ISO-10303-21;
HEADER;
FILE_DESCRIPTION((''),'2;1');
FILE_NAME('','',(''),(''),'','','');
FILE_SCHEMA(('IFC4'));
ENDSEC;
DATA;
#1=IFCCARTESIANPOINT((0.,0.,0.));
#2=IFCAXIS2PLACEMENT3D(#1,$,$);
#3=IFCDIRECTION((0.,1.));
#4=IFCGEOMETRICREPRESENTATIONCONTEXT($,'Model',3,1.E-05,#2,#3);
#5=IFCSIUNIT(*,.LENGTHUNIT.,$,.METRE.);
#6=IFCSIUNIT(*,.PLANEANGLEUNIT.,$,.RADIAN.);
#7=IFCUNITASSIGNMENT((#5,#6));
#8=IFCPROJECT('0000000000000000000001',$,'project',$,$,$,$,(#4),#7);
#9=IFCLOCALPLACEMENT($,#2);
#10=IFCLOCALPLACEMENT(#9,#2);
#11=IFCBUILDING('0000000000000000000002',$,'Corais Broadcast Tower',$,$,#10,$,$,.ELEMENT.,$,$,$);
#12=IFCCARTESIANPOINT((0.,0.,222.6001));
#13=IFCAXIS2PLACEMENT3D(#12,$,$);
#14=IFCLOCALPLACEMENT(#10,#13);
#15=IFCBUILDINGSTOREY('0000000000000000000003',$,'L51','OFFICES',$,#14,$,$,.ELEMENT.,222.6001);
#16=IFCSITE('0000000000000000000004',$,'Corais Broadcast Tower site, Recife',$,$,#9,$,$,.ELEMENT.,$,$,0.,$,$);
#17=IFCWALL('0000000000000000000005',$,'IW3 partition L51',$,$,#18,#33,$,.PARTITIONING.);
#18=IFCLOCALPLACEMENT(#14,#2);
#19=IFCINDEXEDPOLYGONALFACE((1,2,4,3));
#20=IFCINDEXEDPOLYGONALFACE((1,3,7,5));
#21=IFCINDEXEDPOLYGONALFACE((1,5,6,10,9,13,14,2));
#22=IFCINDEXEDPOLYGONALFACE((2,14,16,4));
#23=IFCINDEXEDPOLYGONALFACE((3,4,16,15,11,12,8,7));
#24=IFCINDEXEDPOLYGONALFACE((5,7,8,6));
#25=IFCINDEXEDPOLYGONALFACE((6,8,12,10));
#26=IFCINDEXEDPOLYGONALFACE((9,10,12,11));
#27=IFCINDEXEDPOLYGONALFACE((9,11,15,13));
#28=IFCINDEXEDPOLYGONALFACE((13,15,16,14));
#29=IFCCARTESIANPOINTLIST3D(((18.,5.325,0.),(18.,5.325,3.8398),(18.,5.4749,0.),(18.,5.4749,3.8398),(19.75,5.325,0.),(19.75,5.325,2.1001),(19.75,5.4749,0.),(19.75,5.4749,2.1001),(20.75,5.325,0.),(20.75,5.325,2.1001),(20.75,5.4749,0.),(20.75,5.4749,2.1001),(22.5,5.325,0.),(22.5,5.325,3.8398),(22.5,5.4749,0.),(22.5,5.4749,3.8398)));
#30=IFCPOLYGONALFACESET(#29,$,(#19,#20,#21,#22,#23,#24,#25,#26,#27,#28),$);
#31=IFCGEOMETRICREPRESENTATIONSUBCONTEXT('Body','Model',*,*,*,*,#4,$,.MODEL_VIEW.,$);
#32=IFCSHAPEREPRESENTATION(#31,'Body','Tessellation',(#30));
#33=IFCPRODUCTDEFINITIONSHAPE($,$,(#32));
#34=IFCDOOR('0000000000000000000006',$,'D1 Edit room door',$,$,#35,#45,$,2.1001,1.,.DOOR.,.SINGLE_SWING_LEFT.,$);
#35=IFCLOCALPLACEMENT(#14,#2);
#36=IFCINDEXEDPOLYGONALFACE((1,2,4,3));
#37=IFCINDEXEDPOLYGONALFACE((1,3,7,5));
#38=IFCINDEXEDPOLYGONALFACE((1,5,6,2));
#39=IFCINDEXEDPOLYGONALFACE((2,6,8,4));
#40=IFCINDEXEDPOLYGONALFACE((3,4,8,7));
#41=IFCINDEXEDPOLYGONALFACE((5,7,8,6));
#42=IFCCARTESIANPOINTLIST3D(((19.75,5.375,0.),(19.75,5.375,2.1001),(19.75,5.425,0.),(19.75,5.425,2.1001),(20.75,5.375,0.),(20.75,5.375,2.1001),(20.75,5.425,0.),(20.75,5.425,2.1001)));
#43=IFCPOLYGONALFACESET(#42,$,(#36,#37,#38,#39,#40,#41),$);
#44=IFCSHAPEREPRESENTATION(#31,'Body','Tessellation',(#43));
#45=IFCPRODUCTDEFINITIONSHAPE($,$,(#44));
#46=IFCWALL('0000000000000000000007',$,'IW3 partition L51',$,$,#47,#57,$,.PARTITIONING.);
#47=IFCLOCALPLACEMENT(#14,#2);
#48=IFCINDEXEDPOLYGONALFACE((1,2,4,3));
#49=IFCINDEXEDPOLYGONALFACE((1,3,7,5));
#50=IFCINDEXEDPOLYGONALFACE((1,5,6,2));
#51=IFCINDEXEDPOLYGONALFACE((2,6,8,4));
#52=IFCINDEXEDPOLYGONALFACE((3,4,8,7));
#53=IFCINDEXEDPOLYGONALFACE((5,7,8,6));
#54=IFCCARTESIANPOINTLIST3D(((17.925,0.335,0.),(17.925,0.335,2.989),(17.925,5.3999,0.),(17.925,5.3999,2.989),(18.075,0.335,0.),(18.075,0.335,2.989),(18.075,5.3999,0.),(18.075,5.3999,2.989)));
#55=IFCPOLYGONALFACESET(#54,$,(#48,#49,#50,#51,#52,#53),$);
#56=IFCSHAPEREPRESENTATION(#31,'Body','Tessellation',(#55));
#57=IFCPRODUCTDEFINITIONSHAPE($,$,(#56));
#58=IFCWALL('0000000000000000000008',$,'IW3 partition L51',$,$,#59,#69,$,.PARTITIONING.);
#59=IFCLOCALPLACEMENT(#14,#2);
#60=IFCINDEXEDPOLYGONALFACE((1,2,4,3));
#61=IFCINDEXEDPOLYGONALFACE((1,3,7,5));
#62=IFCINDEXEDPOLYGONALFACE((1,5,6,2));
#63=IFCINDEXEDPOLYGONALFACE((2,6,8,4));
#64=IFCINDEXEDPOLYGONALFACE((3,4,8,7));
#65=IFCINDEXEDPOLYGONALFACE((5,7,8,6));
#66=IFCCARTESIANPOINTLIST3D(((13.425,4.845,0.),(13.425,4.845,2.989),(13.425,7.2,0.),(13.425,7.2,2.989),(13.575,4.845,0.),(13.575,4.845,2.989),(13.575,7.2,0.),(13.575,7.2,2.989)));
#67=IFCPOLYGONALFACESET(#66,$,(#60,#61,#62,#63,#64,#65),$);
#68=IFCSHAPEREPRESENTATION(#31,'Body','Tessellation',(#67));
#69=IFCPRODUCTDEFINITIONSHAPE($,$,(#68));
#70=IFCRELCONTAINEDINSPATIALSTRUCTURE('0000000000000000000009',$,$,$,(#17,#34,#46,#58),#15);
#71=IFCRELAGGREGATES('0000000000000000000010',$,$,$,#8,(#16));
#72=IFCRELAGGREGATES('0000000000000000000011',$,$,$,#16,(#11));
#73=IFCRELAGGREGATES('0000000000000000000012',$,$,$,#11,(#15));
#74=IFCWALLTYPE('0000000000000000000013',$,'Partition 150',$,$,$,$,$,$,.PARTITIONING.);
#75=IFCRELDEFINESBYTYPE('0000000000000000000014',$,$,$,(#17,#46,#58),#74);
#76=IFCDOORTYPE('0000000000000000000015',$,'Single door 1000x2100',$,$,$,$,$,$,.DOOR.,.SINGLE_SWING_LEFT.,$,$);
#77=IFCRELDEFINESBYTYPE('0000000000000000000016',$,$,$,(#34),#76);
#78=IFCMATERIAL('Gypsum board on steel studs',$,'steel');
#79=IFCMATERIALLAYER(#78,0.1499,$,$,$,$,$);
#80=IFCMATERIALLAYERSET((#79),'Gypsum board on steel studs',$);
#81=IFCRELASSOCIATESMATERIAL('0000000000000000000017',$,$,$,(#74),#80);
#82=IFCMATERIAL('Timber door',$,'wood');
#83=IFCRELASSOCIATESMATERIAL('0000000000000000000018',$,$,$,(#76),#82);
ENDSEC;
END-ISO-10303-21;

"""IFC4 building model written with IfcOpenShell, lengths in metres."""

from ifc_helpers import new_model, si_unit, direction, frame, frame_2d, origin, place, context, subcontext, project, spatial, rectangle, extrude, material, layer, layer_set, type_object, element, fill, save


model = new_model("IFC4")

# Units and contexts
model_context = context("Model", 3, precision=1e-05, world=origin(), true_north=direction((0.0, 1.0)))
body_context = subcontext(model_context, "Body", "Model", "MODEL_VIEW")
ifc_project = project(units=[si_unit("LENGTHUNIT", "METRE"), si_unit("PLANEANGLEUNIT", "RADIAN")], contexts=[model_context])

# Site, building, storey
site_placement = place(None, origin())
site = spatial("IfcSite", under=ifc_project, at=site_placement, Name="Corais Broadcast Tower site, Recife", CompositionType="ELEMENT", RefElevation=0.0)
building_placement = place(site_placement, origin())
building = spatial("IfcBuilding", under=site, at=building_placement, Name="Corais Broadcast Tower", CompositionType="ELEMENT")
storey_placement = place(building_placement, frame((0.0, 0.0, 222.6001)))
storey = spatial("IfcBuildingStorey", under=building, at=storey_placement, Name="L51", Description="OFFICES", CompositionType="ELEMENT", Elevation=222.6001)

# Shared definitions
ifc_material_1 = material(Name="Gypsum board on steel studs", Category="steel")
ifc_layer_1 = layer(ifc_material_1, 0.1499)
ifc_layer_set_1 = layer_set([ifc_layer_1], Name="Gypsum board on steel studs")
wall_type = type_object("IfcWallType", Name="Partition 150", PredefinedType="PARTITIONING", material=ifc_layer_set_1)

# Wall, opening, door
wall_1_placement = place(storey_placement, frame((22.5, 5.3999, 0.0), z_axis=(0.0, 0.0, 1.0), x_axis=(-1.0, 0.0, 0.0)))
wall_1 = element("IfcWall", 1, at=wall_1_placement, inside=storey, type_object=wall_type, Name="IW3 partition L51", PredefinedType="PARTITIONING", context=body_context, shape_type="SweptSolid", body=[
    extrude(rectangle(XDim=4.5, YDim=0.1499, at=frame_2d((2.25, 0.0))), origin(), (0.0, 0.0, 1.0), 3.8398),
])
opening_placement = place(wall_1_placement, frame((1.75, 0.0, 0.0)))
opening = element("IfcOpeningElement", 2, at=opening_placement, cuts=wall_1, PredefinedType="OPENING", context=body_context, shape_type="SweptSolid", body=[
    extrude(rectangle(XDim=1.0, YDim=2.1001, at=frame_2d((0.5, 1.05))), frame((0.0, 0.085, 0.0), z_axis=(0.0, -1.0, 0.0), x_axis=(1.0, 0.0, 0.0)), (0.0, 0.0, 1.0), 0.1699),
])
ifc_material_2 = material(Name="Timber door", Category="wood")
door_type = type_object("IfcDoorType", Name="Single door 1000x2100", OperationType="SINGLE_SWING_LEFT", PredefinedType="DOOR", material=ifc_material_2)
door_placement = place(opening_placement, origin())
door = element("IfcDoor", 3, at=door_placement, inside=storey, type_object=door_type, Name="D1 Edit room door", OperationType="SINGLE_SWING_LEFT", OverallHeight=2.1001, OverallWidth=1.0, PredefinedType="DOOR", context=body_context, shape_type="SweptSolid", body=[
    extrude(rectangle(XDim=1.0, YDim=2.1001, at=frame_2d((0.5, 1.05))), frame((0.0, 0.0249, 0.0), z_axis=(0.0, -1.0, 0.0), x_axis=(1.0, 0.0, 0.0)), (0.0, 0.0, 1.0), 0.05),
])
fill(opening, door)

# Walls
wall_2_placement = place(storey_placement, frame((18.0, 5.3999, 0.0), z_axis=(0.0, 0.0, 1.0), x_axis=(0.0, -1.0, 0.0)))
element("IfcWall", 4, at=wall_2_placement, inside=storey, type_object=wall_type, Name="IW3 partition L51", PredefinedType="PARTITIONING", context=body_context, shape_type="SweptSolid", body=[
    extrude(rectangle(XDim=5.0649, YDim=0.1499, at=frame_2d((2.5325, 0.0))), origin(), (0.0, 0.0, 1.0), 2.989),
])
wall_3_placement = place(storey_placement, frame((13.5, 4.845, 0.0), z_axis=(0.0, 0.0, 1.0), x_axis=(0.0, 1.0, 0.0)))
element("IfcWall", 5, at=wall_3_placement, inside=storey, type_object=wall_type, Name="IW3 partition L51", PredefinedType="PARTITIONING", context=body_context, shape_type="SweptSolid", body=[
    extrude(rectangle(XDim=2.355, YDim=0.1499, at=frame_2d((1.1775, 0.0))), origin(), (0.0, 0.0, 1.0), 2.989),
])

save(model, "model.ifc")
